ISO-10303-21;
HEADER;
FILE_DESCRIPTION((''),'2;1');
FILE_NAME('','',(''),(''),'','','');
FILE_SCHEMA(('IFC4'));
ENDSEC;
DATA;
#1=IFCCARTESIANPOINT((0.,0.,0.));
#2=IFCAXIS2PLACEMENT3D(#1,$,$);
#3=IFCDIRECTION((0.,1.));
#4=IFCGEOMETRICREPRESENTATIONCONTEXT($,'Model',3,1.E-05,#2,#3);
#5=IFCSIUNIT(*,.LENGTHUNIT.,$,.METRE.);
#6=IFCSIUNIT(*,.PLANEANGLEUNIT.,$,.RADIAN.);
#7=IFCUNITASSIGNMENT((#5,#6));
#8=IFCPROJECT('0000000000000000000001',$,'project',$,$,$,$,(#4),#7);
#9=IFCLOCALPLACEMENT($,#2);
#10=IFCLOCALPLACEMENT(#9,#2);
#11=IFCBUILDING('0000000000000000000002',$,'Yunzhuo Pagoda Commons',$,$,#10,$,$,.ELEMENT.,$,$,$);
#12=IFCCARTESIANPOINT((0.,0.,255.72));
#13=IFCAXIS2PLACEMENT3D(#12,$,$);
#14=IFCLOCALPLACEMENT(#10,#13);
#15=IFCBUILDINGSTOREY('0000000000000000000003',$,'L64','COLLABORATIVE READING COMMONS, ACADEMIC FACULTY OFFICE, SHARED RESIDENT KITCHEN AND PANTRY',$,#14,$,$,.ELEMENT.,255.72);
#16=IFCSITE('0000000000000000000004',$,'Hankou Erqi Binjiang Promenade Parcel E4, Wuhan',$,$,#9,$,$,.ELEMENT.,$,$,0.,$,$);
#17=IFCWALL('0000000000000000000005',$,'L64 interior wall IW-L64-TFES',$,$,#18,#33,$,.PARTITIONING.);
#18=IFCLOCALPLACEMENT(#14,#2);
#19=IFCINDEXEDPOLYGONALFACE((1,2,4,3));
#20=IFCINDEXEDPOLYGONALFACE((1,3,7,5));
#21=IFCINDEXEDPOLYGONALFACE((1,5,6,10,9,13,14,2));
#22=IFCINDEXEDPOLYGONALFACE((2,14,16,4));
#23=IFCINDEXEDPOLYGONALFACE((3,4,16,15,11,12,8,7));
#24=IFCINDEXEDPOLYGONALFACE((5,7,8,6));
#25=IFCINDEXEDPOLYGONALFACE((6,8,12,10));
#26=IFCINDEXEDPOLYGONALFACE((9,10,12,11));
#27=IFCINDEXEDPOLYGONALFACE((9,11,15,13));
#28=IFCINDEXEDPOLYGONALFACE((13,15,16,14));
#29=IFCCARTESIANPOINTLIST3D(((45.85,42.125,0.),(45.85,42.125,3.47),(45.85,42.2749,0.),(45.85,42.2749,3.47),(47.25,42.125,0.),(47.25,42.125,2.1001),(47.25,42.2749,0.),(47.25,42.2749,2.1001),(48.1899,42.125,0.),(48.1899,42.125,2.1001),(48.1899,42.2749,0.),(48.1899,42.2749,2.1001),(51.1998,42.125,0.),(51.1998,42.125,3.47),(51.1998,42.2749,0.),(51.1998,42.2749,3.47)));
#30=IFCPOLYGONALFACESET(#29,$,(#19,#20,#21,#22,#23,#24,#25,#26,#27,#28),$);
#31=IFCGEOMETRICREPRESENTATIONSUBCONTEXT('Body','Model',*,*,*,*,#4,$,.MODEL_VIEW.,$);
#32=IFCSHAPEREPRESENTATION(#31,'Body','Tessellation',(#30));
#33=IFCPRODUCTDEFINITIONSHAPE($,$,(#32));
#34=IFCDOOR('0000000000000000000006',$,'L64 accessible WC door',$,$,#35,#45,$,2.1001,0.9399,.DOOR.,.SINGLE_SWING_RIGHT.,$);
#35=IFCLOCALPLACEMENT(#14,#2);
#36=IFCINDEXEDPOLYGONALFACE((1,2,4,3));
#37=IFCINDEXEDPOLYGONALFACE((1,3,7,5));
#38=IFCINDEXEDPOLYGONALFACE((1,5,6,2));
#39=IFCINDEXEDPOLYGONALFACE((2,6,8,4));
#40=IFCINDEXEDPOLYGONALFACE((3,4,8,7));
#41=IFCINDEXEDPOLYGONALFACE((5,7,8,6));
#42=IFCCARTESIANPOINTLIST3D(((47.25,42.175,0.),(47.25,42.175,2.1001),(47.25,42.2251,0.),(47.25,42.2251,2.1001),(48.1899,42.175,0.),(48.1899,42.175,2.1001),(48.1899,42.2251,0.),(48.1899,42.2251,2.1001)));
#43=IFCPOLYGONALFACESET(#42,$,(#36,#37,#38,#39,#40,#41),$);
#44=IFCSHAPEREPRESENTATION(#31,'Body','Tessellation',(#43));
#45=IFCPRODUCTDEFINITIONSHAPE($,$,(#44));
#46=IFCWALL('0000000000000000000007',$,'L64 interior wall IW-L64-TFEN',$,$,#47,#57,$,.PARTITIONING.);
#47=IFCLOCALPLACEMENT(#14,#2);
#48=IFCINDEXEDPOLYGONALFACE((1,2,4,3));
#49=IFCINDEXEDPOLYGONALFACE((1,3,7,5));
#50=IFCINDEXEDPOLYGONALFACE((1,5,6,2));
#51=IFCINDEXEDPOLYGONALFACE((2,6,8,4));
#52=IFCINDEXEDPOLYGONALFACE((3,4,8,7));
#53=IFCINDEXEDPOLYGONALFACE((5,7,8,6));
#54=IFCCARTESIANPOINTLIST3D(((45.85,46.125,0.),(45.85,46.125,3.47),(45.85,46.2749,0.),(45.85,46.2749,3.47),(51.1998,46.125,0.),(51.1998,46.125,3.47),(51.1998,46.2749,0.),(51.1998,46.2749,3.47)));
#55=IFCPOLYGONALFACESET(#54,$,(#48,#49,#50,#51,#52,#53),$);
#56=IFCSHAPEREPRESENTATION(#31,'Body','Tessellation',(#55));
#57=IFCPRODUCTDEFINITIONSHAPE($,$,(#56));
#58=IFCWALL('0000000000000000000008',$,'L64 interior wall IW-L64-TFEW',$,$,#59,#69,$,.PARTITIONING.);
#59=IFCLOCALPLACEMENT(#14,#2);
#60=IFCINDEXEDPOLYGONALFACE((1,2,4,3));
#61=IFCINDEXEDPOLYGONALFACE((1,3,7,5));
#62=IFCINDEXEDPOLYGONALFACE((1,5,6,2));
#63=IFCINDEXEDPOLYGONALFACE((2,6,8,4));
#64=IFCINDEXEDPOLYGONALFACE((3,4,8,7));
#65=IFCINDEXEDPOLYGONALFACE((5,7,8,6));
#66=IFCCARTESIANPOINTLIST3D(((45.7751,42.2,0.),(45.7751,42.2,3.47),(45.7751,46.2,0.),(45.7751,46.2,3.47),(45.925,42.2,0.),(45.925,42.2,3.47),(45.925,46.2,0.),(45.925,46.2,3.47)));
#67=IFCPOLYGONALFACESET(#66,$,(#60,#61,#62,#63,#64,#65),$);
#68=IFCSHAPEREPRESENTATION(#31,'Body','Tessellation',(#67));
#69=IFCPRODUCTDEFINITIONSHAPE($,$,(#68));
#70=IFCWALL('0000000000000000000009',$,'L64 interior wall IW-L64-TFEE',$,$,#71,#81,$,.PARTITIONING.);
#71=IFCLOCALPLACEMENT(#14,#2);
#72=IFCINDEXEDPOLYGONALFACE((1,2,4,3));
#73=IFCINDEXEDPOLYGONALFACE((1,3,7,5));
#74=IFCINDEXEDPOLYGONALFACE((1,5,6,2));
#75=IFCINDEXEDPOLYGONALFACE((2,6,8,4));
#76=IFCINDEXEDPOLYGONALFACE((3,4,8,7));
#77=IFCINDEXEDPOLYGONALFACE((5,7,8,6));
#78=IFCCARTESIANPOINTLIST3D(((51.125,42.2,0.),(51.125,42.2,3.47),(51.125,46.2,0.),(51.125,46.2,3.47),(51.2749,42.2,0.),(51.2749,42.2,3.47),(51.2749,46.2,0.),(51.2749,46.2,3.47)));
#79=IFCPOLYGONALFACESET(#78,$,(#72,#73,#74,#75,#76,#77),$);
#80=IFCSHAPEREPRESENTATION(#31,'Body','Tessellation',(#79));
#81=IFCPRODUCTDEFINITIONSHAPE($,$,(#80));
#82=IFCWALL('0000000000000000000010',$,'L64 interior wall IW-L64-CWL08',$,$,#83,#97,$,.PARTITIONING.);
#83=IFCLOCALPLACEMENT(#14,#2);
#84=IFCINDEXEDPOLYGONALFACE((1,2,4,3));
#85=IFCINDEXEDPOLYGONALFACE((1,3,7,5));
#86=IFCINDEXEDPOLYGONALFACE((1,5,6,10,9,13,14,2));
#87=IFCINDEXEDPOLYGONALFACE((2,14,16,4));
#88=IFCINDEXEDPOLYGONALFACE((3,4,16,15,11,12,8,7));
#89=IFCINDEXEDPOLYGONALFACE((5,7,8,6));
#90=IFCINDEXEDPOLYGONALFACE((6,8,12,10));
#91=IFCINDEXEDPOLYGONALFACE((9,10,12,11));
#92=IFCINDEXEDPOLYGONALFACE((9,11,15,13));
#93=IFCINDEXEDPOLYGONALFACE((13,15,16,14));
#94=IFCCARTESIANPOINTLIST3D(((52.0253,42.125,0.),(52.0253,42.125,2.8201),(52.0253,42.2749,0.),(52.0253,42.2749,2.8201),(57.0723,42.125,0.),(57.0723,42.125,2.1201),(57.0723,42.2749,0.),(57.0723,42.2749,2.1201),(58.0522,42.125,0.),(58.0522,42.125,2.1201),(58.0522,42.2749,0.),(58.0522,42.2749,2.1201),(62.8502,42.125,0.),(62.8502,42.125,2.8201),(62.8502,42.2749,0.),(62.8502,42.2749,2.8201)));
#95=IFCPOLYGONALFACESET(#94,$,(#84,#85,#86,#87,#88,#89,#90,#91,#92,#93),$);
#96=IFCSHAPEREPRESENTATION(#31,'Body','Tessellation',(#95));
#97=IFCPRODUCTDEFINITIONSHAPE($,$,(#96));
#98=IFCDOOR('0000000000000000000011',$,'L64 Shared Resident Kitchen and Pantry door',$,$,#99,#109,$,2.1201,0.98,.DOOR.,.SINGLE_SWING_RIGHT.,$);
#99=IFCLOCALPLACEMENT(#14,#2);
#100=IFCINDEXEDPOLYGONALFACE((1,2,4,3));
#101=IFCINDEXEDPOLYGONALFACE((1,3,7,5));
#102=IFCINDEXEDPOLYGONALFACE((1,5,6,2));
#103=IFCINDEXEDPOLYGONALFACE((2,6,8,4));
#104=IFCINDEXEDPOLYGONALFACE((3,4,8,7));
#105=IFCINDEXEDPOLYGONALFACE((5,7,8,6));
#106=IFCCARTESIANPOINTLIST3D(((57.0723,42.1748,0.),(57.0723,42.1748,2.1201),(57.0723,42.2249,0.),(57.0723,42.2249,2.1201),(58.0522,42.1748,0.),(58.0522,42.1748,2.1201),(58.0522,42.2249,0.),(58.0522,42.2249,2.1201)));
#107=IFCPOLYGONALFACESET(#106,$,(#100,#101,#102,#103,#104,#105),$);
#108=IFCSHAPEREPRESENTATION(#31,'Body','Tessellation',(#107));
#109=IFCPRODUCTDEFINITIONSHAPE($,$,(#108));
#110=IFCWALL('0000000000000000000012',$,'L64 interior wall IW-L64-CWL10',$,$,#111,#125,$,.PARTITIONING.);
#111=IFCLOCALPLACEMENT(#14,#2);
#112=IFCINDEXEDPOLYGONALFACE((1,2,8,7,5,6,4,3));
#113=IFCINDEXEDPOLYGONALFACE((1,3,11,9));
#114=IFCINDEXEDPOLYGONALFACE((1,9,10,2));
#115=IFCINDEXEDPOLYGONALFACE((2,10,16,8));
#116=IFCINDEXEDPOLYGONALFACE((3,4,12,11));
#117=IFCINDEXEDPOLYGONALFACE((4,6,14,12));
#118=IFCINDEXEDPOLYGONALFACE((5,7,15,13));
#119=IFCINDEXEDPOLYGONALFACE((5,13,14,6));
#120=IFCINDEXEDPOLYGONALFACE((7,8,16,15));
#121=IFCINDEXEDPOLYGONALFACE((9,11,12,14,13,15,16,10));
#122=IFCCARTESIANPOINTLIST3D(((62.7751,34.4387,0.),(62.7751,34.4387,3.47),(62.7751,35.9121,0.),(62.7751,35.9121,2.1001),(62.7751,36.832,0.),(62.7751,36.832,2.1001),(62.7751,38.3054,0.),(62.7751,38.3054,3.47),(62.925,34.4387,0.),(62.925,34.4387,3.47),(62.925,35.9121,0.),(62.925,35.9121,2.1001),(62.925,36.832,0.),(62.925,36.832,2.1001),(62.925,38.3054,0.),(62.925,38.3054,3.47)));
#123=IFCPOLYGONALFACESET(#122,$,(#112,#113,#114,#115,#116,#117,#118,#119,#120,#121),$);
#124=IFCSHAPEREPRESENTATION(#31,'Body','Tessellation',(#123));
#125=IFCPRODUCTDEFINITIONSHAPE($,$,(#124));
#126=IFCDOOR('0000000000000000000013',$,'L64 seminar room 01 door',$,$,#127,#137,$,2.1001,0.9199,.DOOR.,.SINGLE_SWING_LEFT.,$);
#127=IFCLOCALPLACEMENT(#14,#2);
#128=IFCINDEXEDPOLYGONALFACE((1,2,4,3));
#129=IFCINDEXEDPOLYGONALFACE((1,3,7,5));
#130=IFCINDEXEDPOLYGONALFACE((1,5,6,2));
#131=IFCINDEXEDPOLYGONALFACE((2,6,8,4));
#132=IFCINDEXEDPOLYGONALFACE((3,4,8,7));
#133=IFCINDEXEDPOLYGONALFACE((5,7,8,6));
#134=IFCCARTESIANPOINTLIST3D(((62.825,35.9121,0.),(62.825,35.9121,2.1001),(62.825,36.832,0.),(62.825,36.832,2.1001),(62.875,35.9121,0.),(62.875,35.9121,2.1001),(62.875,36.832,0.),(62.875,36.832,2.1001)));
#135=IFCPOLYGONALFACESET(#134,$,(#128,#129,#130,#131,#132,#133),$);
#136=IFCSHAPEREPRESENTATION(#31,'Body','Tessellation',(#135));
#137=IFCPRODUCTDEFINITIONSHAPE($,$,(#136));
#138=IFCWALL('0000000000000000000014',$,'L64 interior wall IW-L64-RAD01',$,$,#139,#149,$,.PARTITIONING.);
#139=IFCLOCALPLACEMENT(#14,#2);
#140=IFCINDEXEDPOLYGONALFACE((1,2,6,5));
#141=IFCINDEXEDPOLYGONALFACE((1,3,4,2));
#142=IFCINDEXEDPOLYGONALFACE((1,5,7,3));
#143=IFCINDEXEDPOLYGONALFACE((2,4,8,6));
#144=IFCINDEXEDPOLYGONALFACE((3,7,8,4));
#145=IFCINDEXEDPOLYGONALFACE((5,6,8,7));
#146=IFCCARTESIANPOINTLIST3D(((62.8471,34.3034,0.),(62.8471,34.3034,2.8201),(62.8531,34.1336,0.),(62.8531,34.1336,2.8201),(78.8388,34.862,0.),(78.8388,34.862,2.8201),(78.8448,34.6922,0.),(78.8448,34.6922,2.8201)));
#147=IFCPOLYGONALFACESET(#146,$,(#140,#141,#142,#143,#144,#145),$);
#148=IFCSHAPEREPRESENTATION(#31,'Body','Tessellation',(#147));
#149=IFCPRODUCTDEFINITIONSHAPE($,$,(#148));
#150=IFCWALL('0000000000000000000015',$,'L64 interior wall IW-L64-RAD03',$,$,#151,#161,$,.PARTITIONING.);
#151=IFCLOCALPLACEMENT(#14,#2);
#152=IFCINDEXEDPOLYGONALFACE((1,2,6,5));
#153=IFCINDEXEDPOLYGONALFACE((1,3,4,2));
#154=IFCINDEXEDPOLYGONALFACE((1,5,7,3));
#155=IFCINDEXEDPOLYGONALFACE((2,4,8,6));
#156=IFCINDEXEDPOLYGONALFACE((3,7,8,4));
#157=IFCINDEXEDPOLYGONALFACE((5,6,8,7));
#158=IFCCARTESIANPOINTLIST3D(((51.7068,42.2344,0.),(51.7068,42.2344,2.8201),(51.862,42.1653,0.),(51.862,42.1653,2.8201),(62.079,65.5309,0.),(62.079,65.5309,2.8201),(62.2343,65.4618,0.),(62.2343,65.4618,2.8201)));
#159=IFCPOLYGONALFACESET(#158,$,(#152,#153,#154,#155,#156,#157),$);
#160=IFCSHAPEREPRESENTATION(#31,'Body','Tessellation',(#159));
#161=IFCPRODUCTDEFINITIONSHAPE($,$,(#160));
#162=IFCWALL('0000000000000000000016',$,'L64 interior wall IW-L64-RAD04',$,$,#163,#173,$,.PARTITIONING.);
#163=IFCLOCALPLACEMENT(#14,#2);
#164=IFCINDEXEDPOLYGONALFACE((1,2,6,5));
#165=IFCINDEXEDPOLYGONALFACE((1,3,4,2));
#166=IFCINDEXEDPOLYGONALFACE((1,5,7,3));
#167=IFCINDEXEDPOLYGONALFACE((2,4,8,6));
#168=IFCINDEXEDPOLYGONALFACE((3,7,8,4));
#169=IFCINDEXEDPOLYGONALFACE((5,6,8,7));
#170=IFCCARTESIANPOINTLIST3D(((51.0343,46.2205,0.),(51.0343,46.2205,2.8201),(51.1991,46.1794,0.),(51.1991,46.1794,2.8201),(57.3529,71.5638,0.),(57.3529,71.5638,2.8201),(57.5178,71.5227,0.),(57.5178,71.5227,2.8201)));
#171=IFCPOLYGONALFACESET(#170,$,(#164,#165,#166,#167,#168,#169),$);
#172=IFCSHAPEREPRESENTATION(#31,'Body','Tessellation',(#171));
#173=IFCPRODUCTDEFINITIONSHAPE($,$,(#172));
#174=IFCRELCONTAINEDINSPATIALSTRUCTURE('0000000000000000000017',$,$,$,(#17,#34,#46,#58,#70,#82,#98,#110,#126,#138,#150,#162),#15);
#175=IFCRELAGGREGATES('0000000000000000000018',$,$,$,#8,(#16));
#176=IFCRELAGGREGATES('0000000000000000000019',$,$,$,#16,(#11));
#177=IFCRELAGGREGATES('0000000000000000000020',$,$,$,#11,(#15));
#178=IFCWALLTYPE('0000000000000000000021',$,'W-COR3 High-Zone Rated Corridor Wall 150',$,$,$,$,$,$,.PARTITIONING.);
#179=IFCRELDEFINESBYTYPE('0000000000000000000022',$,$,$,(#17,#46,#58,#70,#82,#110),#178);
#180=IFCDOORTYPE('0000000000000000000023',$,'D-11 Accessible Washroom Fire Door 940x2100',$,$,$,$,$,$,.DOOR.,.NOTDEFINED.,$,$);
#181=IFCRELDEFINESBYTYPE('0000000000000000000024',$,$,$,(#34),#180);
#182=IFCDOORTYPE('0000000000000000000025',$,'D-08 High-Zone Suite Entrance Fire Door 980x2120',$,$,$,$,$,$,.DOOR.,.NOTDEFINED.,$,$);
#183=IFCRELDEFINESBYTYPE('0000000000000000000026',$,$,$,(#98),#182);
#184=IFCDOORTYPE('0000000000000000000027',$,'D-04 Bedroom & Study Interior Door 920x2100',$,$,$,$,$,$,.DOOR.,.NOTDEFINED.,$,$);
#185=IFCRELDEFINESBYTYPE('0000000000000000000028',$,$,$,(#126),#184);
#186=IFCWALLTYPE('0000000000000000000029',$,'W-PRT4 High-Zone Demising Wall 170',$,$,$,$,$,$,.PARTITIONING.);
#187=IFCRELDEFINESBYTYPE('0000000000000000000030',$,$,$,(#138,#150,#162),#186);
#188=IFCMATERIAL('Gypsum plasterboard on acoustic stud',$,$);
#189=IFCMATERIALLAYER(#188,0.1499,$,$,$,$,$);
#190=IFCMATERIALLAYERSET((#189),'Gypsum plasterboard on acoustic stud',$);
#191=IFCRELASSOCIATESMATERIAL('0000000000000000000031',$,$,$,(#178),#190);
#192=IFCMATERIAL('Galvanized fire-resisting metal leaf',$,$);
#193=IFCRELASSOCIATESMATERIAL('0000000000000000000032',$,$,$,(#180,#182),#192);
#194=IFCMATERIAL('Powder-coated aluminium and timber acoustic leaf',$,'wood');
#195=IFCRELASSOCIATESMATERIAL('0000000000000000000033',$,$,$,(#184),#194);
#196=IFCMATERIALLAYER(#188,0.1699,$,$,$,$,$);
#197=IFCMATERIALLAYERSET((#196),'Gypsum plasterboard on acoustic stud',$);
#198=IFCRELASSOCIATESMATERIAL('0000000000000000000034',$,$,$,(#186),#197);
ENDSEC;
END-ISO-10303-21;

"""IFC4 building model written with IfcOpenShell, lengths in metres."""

from ifc_helpers import new_model, si_unit, direction, frame, frame_2d, origin, origin_with_axes, place, context, subcontext, project, spatial, rectangle, extrude, source, transform, mapped, material, layer, layer_set, type_object, element, fill, save


model = new_model("IFC4")

# Units and contexts
model_context = context("Model", 3, precision=1e-05, world=origin(), true_north=direction((0.0, 1.0)))
body_context = subcontext(model_context, "Body", "Model", "MODEL_VIEW")
ifc_project = project(units=[si_unit("LENGTHUNIT", "METRE"), si_unit("PLANEANGLEUNIT", "RADIAN")], contexts=[model_context])

# Site, building, storey
site_placement = place(None, origin())
site = spatial("IfcSite", under=ifc_project, at=site_placement, Name="Hankou Erqi Binjiang Promenade Parcel E4, Wuhan", CompositionType="ELEMENT", RefElevation=0.0)
building_placement = place(site_placement, origin())
building = spatial("IfcBuilding", under=site, at=building_placement, Name="Yunzhuo Pagoda Commons", CompositionType="ELEMENT")
storey_placement = place(building_placement, frame((0.0, 0.0, 255.72)))
storey = spatial("IfcBuildingStorey", under=building, at=storey_placement, Name="L64", Description="COLLABORATIVE READING COMMONS, ACADEMIC FACULTY OFFICE, SHARED RESIDENT KITCHEN AND PANTRY", CompositionType="ELEMENT", Elevation=255.72)

# Wall, opening, door
ifc_material_1 = material(Name="Galvanized fire-resisting metal leaf")
ifc_material_2 = material(Name="Gypsum plasterboard on acoustic stud")
ifc_layer_1 = layer(ifc_material_2, 0.1499)
ifc_layer_set_1 = layer_set([ifc_layer_1], Name="Gypsum plasterboard on acoustic stud")
wall_type_1 = type_object("IfcWallType", Name="W-COR3 High-Zone Rated Corridor Wall 150", PredefinedType="PARTITIONING", material=ifc_layer_set_1)
wall_1_placement = place(storey_placement, frame((45.8501, 42.2, 0.0), z_axis=(0.0, 0.0, 1.0), x_axis=(1.0, 0.0, 0.0)))
wall_1 = element("IfcWall", 1, at=wall_1_placement, inside=storey, type_object=wall_type_1, Name="L64 interior wall IW-L64-TFES", PredefinedType="PARTITIONING", context=body_context, shape_type="SweptSolid", body=[
    extrude(rectangle(XDim=5.3499, YDim=0.1499, at=frame_2d((2.6748, 0.0))), origin(), (0.0, 0.0, 1.0), 3.47),
])
opening_1_placement = place(wall_1_placement, frame((1.3999, 0.0, 0.0)))
opening_1 = element("IfcOpeningElement", 2, at=opening_1_placement, cuts=wall_1, PredefinedType="OPENING", context=body_context, shape_type="SweptSolid", body=[
    extrude(rectangle(XDim=0.9399, YDim=2.1001, at=frame_2d((0.47, 1.05))), frame((0.0, 0.085, 0.0), z_axis=(0.0, -1.0, 0.0), x_axis=(1.0, 0.0, 0.0)), (0.0, 0.0, 1.0), 0.1699),
])
door_type_1 = type_object("IfcDoorType", Name="D-11 Accessible Washroom Fire Door 940x2100", OperationType="NOTDEFINED", PredefinedType="DOOR", material=ifc_material_1)
shared_shape_1 = source(origin(), body_context, "Body", "SweptSolid", [
    extrude(rectangle(XDim=0.9399, YDim=2.1001, at=frame_2d((0.47, 1.05))), frame((0.0, 0.0249, 0.0), z_axis=(0.0, -1.0, 0.0), x_axis=(1.0, 0.0, 0.0)), (0.0, 0.0, 1.0), 0.05),
])
door_1_placement = place(opening_1_placement, frame((0.9399, 0.0, 0.0), z_axis=(0.0, 0.0, 1.0), x_axis=(-1.0, 0.0, 0.0)))
door_1 = element("IfcDoor", 3, at=door_1_placement, inside=storey, type_object=door_type_1, Name="L64 accessible WC door", OperationType="SINGLE_SWING_RIGHT", OverallHeight=2.1001, OverallWidth=0.9399, PredefinedType="DOOR", context=body_context, shape_type="MappedRepresentation", body=[
    mapped(shared_shape_1, transform((0.0, 0.0, 0.0), scale=1.0)),
])
fill(opening_1, door_1)

# Walls
wall_2_placement = place(storey_placement, frame((45.8501, 46.2, 0.0), z_axis=(0.0, 0.0, 1.0), x_axis=(1.0, 0.0, 0.0)))
element("IfcWall", 4, at=wall_2_placement, inside=storey, type_object=wall_type_1, Name="L64 interior wall IW-L64-TFEN", PredefinedType="PARTITIONING", context=body_context, shape_type="SweptSolid", body=[
    extrude(rectangle(XDim=5.3499, YDim=0.1499, at=frame_2d((2.6748, 0.0))), origin(), (0.0, 0.0, 1.0), 3.47),
])
for number, where, z_axis, x_axis, name in (
    (5, (45.8501, 42.2, 0.0), (0.0, 0.0, 1.0), (0.0, 1.0, 0.0), "L64 interior wall IW-L64-TFEW"),
    (6, (51.2, 42.2, 0.0), (0.0, 0.0, 1.0), (0.0, 1.0, 0.0), "L64 interior wall IW-L64-TFEE"),
):
    element("IfcWall", number, at=place(storey_placement, frame(where, z_axis=z_axis, x_axis=x_axis)), inside=storey, type_object=wall_type_1, Name=name, PredefinedType="PARTITIONING", context=body_context, shape_type="SweptSolid", body=[
        extrude(rectangle(XDim=4.0, YDim=0.1499, at=frame_2d((2.0, 0.0))), origin(), (0.0, 0.0, 1.0), 3.47),
    ])

# Walls, openings, doors
wall_3_placement = place(storey_placement, frame((52.0251, 42.2, 0.0), z_axis=(0.0, 0.0, 1.0), x_axis=(1.0, 0.0, 0.0)))
wall_3 = element("IfcWall", 7, at=wall_3_placement, inside=storey, type_object=wall_type_1, Name="L64 interior wall IW-L64-CWL08", PredefinedType="PARTITIONING", context=body_context, shape_type="SweptSolid", body=[
    extrude(rectangle(XDim=10.825, YDim=0.1499, at=frame_2d((5.4126, 0.0))), origin(), (0.0, 0.0, 1.0), 2.8201),
])
opening_2_placement = place(wall_3_placement, frame((5.0471, 0.0, 0.0)))
opening_2 = element("IfcOpeningElement", 8, at=opening_2_placement, cuts=wall_3, PredefinedType="OPENING", context=body_context, shape_type="SweptSolid", body=[
    extrude(rectangle(XDim=0.98, YDim=2.1201, at=frame_2d((0.49, 1.0601))), frame((0.0, 0.085, 0.0), z_axis=(0.0, -1.0, 0.0), x_axis=(1.0, 0.0, 0.0)), (0.0, 0.0, 1.0), 0.1699),
])
door_type_2 = type_object("IfcDoorType", Name="D-08 High-Zone Suite Entrance Fire Door 980x2120", OperationType="NOTDEFINED", PredefinedType="DOOR", material=ifc_material_1)
shared_shape_2 = source(origin(), body_context, "Body", "SweptSolid", [
    extrude(rectangle(XDim=0.98, YDim=2.1201, at=frame_2d((0.49, 1.0601))), frame((0.0, 0.0249, 0.0), z_axis=(0.0, -1.0, 0.0), x_axis=(1.0, 0.0, 0.0)), (0.0, 0.0, 1.0), 0.05),
])
door_2_placement = place(opening_2_placement, origin_with_axes())
door_2 = element("IfcDoor", 9, at=door_2_placement, inside=storey, type_object=door_type_2, Name="L64 Shared Resident Kitchen and Pantry door", OperationType="SINGLE_SWING_RIGHT", OverallHeight=2.1201, OverallWidth=0.98, PredefinedType="DOOR", context=body_context, shape_type="MappedRepresentation", body=[
    mapped(shared_shape_2, transform((0.0, 0.0, 0.0), scale=1.0)),
])
fill(opening_2, door_2)
wall_4_placement = place(storey_placement, frame((62.8501, 38.3054, 0.0), z_axis=(0.0, 0.0, 1.0), x_axis=(0.0, -1.0, 0.0)))
wall_4 = element("IfcWall", 10, at=wall_4_placement, inside=storey, type_object=wall_type_1, Name="L64 interior wall IW-L64-CWL10", PredefinedType="PARTITIONING", context=body_context, shape_type="SweptSolid", body=[
    extrude(rectangle(XDim=3.8667, YDim=0.1499, at=frame_2d((1.9333, 0.0))), origin(), (0.0, 0.0, 1.0), 3.47),
])
opening_3_placement = place(wall_4_placement, frame((1.4734, 0.0, 0.0)))
opening_3 = element("IfcOpeningElement", 11, at=opening_3_placement, cuts=wall_4, PredefinedType="OPENING", context=body_context, shape_type="SweptSolid", body=[
    extrude(rectangle(XDim=0.9199, YDim=2.1001, at=frame_2d((0.46, 1.05))), frame((0.0, 0.085, 0.0), z_axis=(0.0, -1.0, 0.0), x_axis=(1.0, 0.0, 0.0)), (0.0, 0.0, 1.0), 0.1699),
])
ifc_material_3 = material(Name="Powder-coated aluminium and timber acoustic leaf", Category="wood")
door_type_3 = type_object("IfcDoorType", Name="D-04 Bedroom & Study Interior Door 920x2100", OperationType="NOTDEFINED", PredefinedType="DOOR", material=ifc_material_3)
shared_shape_3 = source(origin(), body_context, "Body", "SweptSolid", [
    extrude(rectangle(XDim=0.9199, YDim=2.1001, at=frame_2d((0.46, 1.05))), frame((0.0, 0.0249, 0.0), z_axis=(0.0, -1.0, 0.0), x_axis=(1.0, 0.0, 0.0)), (0.0, 0.0, 1.0), 0.05),
])
door_3_placement = place(opening_3_placement, origin_with_axes())
door_3 = element("IfcDoor", 12, at=door_3_placement, inside=storey, type_object=door_type_3, Name="L64 seminar room 01 door", OperationType="SINGLE_SWING_LEFT", OverallHeight=2.1001, OverallWidth=0.9199, PredefinedType="DOOR", context=body_context, shape_type="MappedRepresentation", body=[
    mapped(shared_shape_3, transform((0.0, 0.0, 0.0), scale=1.0)),
])
fill(opening_3, door_3)

# Walls
ifc_layer_2 = layer(ifc_material_2, 0.1699)
ifc_layer_set_2 = layer_set([ifc_layer_2], Name="Gypsum plasterboard on acoustic stud")
wall_type_2 = type_object("IfcWallType", Name="W-PRT4 High-Zone Demising Wall 170", PredefinedType="PARTITIONING", material=ifc_layer_set_2)
wall_5_placement = place(storey_placement, frame((62.8501, 34.2185, 0.0), z_axis=(0.0, 0.0, 1.0), x_axis=(0.99939, 0.034909, 0.0)))
element("IfcWall", 13, at=wall_5_placement, inside=storey, type_object=wall_type_2, Name="L64 interior wall IW-L64-RAD01", PredefinedType="PARTITIONING", context=body_context, shape_type="SweptSolid", body=[
    extrude(rectangle(XDim=16.0015, YDim=0.1699, at=frame_2d((8.0007, 0.0))), origin(), (0.0, 0.0, 1.0), 2.8201),
])
wall_6_placement = place(storey_placement, frame((51.7844, 42.2, 0.0), z_axis=(0.0, 0.0, 1.0), x_axis=(0.406736, 0.913546, 0.0)))
element("IfcWall", 14, at=wall_6_placement, inside=storey, type_object=wall_type_2, Name="L64 interior wall IW-L64-RAD03", PredefinedType="PARTITIONING", context=body_context, shape_type="SweptSolid", body=[
    extrude(rectangle(XDim=25.5012, YDim=0.1699, at=frame_2d((12.7505, 0.0))), origin(), (0.0, 0.0, 1.0), 2.8201),
])
wall_7_placement = place(storey_placement, frame((51.1167, 46.2, 0.0), z_axis=(0.0, 0.0, 1.0), x_axis=(0.241915, 0.970297, 0.0)))
element("IfcWall", 15, at=wall_7_placement, inside=storey, type_object=wall_type_2, Name="L64 interior wall IW-L64-RAD04", PredefinedType="PARTITIONING", context=body_context, shape_type="SweptSolid", body=[
    extrude(rectangle(XDim=26.1191, YDim=0.1699, at=frame_2d((13.0596, 0.0))), origin(), (0.0, 0.0, 1.0), 2.8201),
])

save(model, "model.ifc")
